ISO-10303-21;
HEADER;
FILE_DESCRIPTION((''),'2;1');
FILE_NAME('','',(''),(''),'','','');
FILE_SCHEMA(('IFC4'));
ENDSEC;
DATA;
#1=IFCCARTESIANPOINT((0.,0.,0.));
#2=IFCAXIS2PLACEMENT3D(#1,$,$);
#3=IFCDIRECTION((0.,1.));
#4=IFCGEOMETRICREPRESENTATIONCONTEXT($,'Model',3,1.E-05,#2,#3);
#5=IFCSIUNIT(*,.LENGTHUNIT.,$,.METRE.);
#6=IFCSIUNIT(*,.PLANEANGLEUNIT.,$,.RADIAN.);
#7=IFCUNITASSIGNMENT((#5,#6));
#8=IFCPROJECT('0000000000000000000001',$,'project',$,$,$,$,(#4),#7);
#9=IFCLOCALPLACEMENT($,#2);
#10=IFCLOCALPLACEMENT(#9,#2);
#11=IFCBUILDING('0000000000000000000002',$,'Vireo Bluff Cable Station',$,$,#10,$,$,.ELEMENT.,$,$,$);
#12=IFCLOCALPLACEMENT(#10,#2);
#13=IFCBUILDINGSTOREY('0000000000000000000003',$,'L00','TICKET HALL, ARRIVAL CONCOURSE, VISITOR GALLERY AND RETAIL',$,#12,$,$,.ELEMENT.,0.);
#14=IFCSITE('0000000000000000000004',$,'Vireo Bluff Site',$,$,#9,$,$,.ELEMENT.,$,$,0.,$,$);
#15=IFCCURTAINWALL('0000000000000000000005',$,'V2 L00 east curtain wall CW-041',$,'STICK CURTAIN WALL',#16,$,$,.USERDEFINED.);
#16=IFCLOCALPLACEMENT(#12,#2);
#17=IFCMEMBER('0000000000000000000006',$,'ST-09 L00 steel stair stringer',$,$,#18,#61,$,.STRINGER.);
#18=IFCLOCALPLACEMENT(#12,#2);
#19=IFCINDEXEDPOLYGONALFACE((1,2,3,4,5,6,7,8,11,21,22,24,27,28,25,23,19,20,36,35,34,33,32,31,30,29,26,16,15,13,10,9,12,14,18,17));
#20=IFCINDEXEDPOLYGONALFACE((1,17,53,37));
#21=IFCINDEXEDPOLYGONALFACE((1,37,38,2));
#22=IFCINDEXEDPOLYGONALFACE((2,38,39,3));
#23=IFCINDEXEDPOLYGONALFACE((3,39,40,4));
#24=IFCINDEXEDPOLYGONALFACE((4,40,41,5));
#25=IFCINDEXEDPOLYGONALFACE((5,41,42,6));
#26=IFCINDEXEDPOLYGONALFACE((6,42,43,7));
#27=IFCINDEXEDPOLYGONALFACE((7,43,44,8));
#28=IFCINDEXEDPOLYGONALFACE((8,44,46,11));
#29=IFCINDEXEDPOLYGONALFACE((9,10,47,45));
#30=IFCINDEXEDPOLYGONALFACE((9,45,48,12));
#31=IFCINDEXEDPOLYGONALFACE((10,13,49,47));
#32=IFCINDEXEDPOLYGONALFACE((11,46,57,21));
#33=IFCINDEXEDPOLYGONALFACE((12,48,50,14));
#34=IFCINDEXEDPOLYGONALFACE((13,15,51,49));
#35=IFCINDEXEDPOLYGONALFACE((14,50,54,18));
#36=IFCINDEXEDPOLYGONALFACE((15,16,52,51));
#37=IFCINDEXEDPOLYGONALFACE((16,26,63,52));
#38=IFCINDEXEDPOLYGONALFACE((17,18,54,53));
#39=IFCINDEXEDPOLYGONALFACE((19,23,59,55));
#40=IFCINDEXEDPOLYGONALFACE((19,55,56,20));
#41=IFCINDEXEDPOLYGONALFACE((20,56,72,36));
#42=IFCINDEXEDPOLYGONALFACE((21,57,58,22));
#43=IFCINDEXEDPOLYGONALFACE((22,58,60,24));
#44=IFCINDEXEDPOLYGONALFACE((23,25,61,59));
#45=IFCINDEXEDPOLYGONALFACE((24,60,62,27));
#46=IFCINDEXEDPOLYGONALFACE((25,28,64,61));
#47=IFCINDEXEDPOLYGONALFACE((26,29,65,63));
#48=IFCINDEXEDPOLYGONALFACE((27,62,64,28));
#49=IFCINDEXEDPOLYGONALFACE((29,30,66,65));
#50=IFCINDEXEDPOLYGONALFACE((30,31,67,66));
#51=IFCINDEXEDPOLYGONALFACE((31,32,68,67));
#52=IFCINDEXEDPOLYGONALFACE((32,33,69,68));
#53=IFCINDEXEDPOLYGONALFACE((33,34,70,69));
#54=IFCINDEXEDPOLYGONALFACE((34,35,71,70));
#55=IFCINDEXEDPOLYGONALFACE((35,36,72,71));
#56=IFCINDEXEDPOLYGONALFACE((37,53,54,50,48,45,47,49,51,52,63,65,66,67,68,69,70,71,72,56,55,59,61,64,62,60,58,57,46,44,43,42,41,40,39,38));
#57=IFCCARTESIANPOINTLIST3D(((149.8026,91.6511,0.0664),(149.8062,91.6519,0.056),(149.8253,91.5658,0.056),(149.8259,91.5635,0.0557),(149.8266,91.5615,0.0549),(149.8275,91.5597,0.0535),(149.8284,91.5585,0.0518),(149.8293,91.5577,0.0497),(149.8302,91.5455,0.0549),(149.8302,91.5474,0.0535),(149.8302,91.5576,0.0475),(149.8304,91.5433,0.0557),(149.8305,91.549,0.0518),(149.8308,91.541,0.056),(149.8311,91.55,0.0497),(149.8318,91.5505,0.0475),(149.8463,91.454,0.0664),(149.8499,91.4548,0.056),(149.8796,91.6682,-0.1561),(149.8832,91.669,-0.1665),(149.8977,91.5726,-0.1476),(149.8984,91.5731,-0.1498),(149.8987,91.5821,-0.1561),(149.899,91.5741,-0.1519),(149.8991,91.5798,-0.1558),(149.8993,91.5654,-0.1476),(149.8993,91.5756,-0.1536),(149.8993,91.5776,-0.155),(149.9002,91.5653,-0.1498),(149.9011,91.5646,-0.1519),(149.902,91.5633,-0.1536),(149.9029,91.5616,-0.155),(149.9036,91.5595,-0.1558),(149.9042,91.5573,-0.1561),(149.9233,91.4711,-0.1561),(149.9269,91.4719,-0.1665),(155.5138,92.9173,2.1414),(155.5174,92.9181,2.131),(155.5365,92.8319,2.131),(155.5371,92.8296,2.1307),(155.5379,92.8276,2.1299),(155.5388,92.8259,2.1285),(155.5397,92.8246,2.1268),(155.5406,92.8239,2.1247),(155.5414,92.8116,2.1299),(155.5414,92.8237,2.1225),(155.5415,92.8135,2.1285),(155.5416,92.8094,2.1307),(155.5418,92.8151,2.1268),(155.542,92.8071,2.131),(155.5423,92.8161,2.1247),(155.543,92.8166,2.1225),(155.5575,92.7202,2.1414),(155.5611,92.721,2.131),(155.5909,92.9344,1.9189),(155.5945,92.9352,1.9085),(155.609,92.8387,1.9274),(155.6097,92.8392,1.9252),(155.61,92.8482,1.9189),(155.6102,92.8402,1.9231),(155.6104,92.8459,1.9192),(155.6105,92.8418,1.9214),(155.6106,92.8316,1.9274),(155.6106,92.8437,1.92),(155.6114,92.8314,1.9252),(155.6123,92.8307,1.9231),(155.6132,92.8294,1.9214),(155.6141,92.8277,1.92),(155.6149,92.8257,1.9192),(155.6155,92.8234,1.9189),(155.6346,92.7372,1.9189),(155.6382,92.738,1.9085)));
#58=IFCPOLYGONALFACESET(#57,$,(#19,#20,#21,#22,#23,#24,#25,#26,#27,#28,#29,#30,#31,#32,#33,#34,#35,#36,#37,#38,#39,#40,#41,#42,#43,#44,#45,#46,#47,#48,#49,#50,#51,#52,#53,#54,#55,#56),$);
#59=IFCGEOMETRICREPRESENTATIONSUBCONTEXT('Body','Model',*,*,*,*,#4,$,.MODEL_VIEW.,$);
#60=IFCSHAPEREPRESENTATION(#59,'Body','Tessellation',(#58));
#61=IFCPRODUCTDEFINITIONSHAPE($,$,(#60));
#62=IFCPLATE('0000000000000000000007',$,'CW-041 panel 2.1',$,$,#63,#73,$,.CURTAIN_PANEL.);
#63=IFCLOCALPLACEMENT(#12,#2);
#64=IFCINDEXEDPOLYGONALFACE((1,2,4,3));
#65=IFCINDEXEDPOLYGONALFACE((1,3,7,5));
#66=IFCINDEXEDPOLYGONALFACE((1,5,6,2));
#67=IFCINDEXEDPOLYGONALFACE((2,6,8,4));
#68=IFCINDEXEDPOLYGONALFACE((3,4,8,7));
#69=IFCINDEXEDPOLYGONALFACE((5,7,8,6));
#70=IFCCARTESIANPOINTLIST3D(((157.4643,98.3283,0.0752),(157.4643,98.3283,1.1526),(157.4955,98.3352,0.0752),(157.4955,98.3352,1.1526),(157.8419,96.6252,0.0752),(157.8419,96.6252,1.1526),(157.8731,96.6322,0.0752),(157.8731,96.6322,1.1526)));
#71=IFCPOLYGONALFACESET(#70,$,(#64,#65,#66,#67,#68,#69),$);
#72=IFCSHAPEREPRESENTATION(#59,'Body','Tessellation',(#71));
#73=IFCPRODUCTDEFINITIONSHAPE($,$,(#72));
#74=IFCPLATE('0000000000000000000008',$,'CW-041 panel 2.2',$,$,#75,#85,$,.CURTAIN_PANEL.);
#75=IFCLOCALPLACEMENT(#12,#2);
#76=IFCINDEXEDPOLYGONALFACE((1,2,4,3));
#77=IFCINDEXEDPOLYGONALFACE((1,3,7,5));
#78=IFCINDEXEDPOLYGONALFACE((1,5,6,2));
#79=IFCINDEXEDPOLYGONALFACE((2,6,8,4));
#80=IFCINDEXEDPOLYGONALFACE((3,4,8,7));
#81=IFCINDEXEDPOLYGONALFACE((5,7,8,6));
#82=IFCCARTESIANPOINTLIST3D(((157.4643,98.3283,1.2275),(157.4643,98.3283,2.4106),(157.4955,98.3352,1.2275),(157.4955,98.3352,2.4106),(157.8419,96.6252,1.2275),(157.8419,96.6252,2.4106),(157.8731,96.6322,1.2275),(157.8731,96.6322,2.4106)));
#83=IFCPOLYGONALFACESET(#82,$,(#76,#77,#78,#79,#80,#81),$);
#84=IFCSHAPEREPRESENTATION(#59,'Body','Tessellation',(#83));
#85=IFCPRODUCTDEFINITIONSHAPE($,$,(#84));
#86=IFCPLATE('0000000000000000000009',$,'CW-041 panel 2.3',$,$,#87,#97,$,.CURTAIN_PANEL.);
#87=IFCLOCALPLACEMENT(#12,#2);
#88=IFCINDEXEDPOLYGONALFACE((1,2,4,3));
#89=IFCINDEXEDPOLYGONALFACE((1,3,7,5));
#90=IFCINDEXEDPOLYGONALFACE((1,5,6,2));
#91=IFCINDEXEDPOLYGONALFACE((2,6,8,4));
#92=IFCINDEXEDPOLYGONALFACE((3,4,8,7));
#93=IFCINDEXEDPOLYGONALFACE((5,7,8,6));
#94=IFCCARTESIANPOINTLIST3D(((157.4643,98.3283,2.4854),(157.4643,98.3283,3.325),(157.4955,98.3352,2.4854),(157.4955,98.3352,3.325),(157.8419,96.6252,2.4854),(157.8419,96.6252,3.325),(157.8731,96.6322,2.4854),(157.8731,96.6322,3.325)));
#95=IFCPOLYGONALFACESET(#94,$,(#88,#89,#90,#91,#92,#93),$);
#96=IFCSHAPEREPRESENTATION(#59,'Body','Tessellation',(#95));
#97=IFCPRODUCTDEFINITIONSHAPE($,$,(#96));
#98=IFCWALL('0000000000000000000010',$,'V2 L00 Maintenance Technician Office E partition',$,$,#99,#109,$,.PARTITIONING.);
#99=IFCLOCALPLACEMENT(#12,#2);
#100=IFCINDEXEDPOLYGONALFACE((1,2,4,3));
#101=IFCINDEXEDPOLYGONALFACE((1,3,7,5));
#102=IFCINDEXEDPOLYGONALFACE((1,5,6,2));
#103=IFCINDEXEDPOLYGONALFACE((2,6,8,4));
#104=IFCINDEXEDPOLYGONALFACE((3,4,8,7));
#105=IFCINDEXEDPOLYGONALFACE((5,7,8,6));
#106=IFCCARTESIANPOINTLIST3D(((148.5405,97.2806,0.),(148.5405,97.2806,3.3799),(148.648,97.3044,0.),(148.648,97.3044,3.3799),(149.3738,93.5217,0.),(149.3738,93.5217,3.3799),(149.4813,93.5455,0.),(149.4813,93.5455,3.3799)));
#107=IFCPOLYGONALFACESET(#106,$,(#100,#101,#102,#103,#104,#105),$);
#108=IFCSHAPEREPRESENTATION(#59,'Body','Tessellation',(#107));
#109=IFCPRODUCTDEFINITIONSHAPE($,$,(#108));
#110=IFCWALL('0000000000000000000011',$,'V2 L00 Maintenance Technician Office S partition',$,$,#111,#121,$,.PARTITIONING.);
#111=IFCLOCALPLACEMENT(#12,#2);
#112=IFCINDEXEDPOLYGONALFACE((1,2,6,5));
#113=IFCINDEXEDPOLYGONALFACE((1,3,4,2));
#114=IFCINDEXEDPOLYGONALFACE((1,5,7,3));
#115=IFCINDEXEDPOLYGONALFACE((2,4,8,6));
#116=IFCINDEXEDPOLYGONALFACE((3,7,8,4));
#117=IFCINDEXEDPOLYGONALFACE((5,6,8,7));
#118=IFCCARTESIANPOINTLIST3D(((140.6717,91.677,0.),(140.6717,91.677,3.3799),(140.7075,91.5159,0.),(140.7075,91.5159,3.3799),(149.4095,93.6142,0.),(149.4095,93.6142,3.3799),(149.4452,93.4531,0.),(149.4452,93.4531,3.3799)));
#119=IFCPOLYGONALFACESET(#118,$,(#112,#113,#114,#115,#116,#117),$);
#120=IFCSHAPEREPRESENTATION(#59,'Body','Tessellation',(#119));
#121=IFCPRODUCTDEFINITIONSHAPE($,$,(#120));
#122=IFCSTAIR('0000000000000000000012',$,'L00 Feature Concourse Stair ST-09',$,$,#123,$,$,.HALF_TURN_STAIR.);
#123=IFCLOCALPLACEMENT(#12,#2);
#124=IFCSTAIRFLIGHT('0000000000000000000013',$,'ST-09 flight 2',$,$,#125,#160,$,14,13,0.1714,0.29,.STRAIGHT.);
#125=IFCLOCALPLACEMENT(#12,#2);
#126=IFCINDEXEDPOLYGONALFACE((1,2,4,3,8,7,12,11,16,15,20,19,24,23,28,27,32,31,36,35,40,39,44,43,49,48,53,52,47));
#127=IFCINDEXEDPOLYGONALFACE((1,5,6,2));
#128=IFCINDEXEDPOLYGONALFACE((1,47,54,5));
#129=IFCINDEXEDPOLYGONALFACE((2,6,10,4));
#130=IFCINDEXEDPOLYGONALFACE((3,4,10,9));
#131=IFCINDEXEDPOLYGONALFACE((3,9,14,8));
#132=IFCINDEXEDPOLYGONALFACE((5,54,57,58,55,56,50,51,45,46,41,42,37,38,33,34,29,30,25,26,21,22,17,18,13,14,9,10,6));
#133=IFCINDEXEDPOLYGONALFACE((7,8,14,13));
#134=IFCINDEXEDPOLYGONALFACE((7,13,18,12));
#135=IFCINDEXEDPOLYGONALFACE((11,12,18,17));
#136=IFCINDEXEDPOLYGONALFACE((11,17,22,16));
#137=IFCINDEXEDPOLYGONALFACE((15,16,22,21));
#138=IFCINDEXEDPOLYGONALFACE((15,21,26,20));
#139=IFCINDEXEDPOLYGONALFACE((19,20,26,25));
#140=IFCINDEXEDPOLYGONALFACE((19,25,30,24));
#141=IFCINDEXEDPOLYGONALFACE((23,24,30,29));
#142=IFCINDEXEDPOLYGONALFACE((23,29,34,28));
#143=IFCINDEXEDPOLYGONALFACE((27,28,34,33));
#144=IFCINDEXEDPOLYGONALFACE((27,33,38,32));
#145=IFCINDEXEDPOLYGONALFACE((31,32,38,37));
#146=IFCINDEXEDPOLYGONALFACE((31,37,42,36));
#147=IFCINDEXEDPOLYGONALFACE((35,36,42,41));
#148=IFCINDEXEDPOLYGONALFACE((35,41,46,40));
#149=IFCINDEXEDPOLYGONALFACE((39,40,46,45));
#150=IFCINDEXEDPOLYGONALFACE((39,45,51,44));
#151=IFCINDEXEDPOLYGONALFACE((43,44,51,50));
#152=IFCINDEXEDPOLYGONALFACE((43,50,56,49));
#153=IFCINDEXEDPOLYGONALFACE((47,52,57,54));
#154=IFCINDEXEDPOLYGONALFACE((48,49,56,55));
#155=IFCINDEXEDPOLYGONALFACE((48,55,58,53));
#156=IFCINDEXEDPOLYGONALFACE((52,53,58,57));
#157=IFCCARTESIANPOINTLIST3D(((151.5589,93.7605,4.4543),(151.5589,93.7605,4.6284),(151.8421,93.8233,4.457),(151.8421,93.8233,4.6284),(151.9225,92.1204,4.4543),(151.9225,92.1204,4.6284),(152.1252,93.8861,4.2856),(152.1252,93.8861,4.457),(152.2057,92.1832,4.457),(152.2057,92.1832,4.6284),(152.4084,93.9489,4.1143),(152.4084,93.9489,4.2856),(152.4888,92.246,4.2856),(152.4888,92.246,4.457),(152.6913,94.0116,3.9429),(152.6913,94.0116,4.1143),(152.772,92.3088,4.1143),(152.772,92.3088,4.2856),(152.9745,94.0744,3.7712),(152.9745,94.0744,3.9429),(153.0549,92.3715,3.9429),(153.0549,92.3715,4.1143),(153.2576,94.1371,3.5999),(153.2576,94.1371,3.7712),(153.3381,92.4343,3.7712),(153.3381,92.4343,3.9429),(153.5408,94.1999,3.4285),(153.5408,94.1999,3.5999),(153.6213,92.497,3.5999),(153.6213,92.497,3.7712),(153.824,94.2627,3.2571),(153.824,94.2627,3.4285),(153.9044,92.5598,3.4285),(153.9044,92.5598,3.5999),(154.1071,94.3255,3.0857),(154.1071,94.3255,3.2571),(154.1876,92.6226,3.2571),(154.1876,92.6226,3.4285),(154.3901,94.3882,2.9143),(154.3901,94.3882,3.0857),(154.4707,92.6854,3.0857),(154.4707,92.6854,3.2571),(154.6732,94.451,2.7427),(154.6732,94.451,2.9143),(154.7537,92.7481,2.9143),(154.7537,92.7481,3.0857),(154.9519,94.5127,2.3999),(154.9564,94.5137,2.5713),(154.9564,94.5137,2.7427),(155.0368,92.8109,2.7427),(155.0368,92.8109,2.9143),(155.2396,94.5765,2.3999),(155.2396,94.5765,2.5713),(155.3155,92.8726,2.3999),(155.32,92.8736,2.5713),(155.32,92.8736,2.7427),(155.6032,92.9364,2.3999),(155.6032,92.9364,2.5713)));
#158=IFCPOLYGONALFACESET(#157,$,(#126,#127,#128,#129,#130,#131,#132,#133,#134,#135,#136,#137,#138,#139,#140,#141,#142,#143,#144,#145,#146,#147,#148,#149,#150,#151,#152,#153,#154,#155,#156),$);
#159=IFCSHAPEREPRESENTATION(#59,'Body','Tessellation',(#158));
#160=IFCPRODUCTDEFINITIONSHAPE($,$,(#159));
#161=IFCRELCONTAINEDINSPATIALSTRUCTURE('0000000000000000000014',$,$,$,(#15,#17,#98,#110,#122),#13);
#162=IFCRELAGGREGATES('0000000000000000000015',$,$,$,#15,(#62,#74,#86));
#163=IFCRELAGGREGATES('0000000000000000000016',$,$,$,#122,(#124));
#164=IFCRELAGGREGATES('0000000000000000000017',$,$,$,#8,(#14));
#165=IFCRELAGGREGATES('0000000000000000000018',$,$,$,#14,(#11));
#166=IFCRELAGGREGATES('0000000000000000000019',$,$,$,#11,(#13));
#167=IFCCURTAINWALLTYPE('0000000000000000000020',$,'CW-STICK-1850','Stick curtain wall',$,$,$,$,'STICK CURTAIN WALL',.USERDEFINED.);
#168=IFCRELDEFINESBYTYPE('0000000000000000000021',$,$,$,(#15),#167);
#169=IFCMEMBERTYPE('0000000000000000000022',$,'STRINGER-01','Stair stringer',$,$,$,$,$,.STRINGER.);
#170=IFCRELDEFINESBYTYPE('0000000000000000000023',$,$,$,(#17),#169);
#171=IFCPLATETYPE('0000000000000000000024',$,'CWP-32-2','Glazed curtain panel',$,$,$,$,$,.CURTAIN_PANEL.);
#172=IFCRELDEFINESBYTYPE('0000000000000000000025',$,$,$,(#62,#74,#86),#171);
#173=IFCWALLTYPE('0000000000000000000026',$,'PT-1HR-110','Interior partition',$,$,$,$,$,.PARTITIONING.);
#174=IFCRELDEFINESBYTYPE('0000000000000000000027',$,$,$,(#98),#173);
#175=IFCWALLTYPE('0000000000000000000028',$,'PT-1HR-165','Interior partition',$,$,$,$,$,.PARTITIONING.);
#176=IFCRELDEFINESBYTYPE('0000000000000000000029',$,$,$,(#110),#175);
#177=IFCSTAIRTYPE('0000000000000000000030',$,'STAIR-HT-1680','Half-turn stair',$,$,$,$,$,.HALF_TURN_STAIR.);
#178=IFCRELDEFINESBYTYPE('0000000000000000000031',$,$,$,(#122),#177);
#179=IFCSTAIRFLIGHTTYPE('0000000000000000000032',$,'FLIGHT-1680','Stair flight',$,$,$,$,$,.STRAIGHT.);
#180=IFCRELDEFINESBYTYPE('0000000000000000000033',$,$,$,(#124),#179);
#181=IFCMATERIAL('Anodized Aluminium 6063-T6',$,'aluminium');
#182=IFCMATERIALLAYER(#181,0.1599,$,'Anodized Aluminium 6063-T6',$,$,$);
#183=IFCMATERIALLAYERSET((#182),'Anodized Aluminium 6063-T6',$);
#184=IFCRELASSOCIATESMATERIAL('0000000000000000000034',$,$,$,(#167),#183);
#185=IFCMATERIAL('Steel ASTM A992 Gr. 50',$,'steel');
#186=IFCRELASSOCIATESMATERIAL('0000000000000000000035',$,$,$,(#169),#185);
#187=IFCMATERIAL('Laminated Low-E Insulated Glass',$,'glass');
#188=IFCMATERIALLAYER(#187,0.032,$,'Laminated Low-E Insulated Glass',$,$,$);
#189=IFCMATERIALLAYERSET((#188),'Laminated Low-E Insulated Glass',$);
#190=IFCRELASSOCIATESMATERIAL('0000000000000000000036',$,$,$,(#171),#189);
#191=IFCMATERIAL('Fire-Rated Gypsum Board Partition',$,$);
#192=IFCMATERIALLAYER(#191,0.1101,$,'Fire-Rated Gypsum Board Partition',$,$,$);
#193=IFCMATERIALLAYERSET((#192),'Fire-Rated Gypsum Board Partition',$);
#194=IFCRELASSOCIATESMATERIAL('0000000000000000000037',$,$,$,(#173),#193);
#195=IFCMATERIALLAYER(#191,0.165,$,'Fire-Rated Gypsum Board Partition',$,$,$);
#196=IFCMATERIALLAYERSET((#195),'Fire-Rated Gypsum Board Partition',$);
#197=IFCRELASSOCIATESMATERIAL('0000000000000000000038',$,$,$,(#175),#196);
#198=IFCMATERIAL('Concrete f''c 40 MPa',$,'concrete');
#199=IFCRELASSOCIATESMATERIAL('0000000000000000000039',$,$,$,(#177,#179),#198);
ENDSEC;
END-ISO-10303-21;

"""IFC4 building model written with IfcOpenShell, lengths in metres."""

from ifc_helpers import new_model, si_unit, direction, frame, frame_2d, origin, origin_2d, place, context, subcontext, project, spatial, polyline, rectangle, i_section, outline, extrude, material, layer, layer_set, material_profile, profile_set, type_object, element, aggregate, save


model = new_model("IFC4")

# Units and contexts
model_context = context("Model", 3, precision=1e-05, world=origin(), true_north=direction((0.0, 1.0)))
body_context = subcontext(model_context, "Body", "Model", "MODEL_VIEW")
ifc_project = project(units=[si_unit("LENGTHUNIT", "METRE"), si_unit("PLANEANGLEUNIT", "RADIAN")], contexts=[model_context])

# Site, building, storey
site_placement = place(None, origin())
site = spatial("IfcSite", under=ifc_project, at=site_placement, Name="Vireo Bluff Site", CompositionType="ELEMENT", RefElevation=0.0)
building_placement = place(site_placement, origin())
building = spatial("IfcBuilding", under=site, at=building_placement, Name="Vireo Bluff Cable Station", CompositionType="ELEMENT")
storey_placement = place(building_placement, origin())
storey = spatial("IfcBuildingStorey", under=building, at=storey_placement, Name="L00", Description="TICKET HALL, ARRIVAL CONCOURSE, VISITOR GALLERY AND RETAIL", CompositionType="ELEMENT", Elevation=0.0)

# Shared definitions
ifc_material_1 = material(Name="Steel ASTM A992 Gr. 50", Category="steel")

# Curtain wall
ifc_material_2 = material(Name="Anodized Aluminium 6063-T6", Category="aluminium")
ifc_layer_1 = layer(ifc_material_2, 0.1599, Name="Anodized Aluminium 6063-T6")
ifc_layer_set_1 = layer_set([ifc_layer_1], Name="Anodized Aluminium 6063-T6")
curtain_wall_type = type_object("IfcCurtainWallType", Name="CW-STICK-1850", Description="Stick curtain wall", ElementType="STICK CURTAIN WALL", PredefinedType="USERDEFINED", material=ifc_layer_set_1)
curtain_wall_placement = place(storey_placement, origin())
curtain_wall = element("IfcCurtainWall", 1, at=curtain_wall_placement, inside=storey, type_object=curtain_wall_type, Name="V2 L00 east curtain wall CW-041", ObjectType="STICK CURTAIN WALL", PredefinedType="USERDEFINED")

# Member
ifc_material_profile_1 = material_profile(ifc_material_1, i_section(OverallWidth=0.2019, OverallDepth=0.2471, WebThickness=0.0073, FlangeThickness=0.011, FilletRadius=0.009, at=origin_2d()), Name="W10X33")
ifc_profile_set_1 = profile_set([ifc_material_profile_1], Name="Steel ASTM A992 Gr. 50")
member_type_1 = type_object("IfcMemberType", Name="STRINGER-01", Description="Stair stringer", PredefinedType="STRINGER", material=ifc_profile_set_1)
member_1_placement = place(storey_placement, frame((149.8647, 91.5615, -0.05), z_axis=(0.920129, 0.203984, 0.334296), x_axis=(-0.216436, 0.976297, 0.0)))
element("IfcMember", 2, at=member_1_placement, inside=storey, type_object=member_type_1, Name="ST-09 L00 steel stair stringer", PredefinedType="STRINGER", context=body_context, shape_type="SweptSolid", body=[
    extrude(i_section(OverallWidth=0.2019, OverallDepth=0.2471, WebThickness=0.0073, FlangeThickness=0.011, FilletRadius=0.009, at=origin_2d()), origin(), (0.0, 0.0, 1.0), 6.207),
])

# Plates
ifc_material_3 = material(Name="Laminated Low-E Insulated Glass", Category="glass")
ifc_layer_2 = layer(ifc_material_3, 0.032, Name="Laminated Low-E Insulated Glass")
ifc_layer_set_2 = layer_set([ifc_layer_2], Name="Laminated Low-E Insulated Glass")
plate_type = type_object("IfcPlateType", Name="CWP-32-2", Description="Glazed curtain panel", PredefinedType="CURTAIN_PANEL", material=ifc_layer_set_2)
plate_1_placement = place(storey_placement, frame((157.6687, 97.4802, 0.0752), z_axis=(0.0, 0.0, 1.0), x_axis=(0.21644, -0.976296, 0.0)))
plate_1 = element("IfcPlate", 3, at=plate_1_placement, type_object=plate_type, Name="CW-041 panel 2.1", PredefinedType="CURTAIN_PANEL", context=body_context, shape_type="SweptSolid", body=[
    extrude(rectangle(XDim=1.7444, YDim=0.032, at=origin_2d()), origin(), (0.0, 0.0, 1.0), 1.0774),
])
plate_2_placement = place(storey_placement, frame((157.6687, 97.4802, 1.2275), z_axis=(0.0, 0.0, 1.0), x_axis=(0.21644, -0.976296, 0.0)))
plate_2 = element("IfcPlate", 4, at=plate_2_placement, type_object=plate_type, Name="CW-041 panel 2.2", PredefinedType="CURTAIN_PANEL", context=body_context, shape_type="SweptSolid", body=[
    extrude(rectangle(XDim=1.7444, YDim=0.032, at=origin_2d()), origin(), (0.0, 0.0, 1.0), 1.1831),
])
plate_3_placement = place(storey_placement, frame((157.6687, 97.4802, 2.4854), z_axis=(0.0, 0.0, 1.0), x_axis=(0.21644, -0.976296, 0.0)))
plate_3 = element("IfcPlate", 5, at=plate_3_placement, type_object=plate_type, Name="CW-041 panel 2.3", PredefinedType="CURTAIN_PANEL", context=body_context, shape_type="SweptSolid", body=[
    extrude(rectangle(XDim=1.7444, YDim=0.032, at=origin_2d()), origin(), (0.0, 0.0, 1.0), 0.8396),
])
aggregate(curtain_wall, [plate_1, plate_2, plate_3])

# Walls
ifc_material_4 = material(Name="Fire-Rated Gypsum Board Partition")
ifc_layer_3 = layer(ifc_material_4, 0.1101, Name="Fire-Rated Gypsum Board Partition")
ifc_layer_set_3 = layer_set([ifc_layer_3], Name="Fire-Rated Gypsum Board Partition")
wall_type_1 = type_object("IfcWallType", Name="PT-1HR-110", Description="Interior partition", PredefinedType="PARTITIONING", material=ifc_layer_set_3)
wall_1_placement = place(storey_placement, frame((148.5942, 97.2925, 0.0), z_axis=(0.0, 0.0, 1.0), x_axis=(0.216427, -0.976299, 0.0)))
element("IfcWall", 6, at=wall_1_placement, inside=storey, type_object=wall_type_1, Name="V2 L00 Maintenance Technician Office E partition", PredefinedType="PARTITIONING", context=body_context, shape_type="SweptSolid", body=[
    extrude(rectangle(XDim=3.8501, YDim=0.1101, at=frame_2d((1.925, 0.0))), origin(), (0.0, 0.0, 1.0), 3.3799),
])
ifc_layer_4 = layer(ifc_material_4, 0.165, Name="Fire-Rated Gypsum Board Partition")
ifc_layer_set_4 = layer_set([ifc_layer_4], Name="Fire-Rated Gypsum Board Partition")
wall_type_2 = type_object("IfcWallType", Name="PT-1HR-165", Description="Interior partition", PredefinedType="PARTITIONING", material=ifc_layer_set_4)
wall_2_placement = place(storey_placement, frame((149.4275, 93.5337, 0.0), z_axis=(0.0, 0.0, 1.0), x_axis=(-0.976293, -0.216454, 0.0)))
element("IfcWall", 7, at=wall_2_placement, inside=storey, type_object=wall_type_2, Name="V2 L00 Maintenance Technician Office S partition", PredefinedType="PARTITIONING", context=body_context, shape_type="SweptSolid", body=[
    extrude(rectangle(XDim=8.95, YDim=0.165, at=frame_2d((4.4751, 0.0))), origin(), (0.0, 0.0, 1.0), 3.3799),
])

# Stair, stair flight
ifc_material_5 = material(Name="Concrete f'c 40 MPa", Category="concrete")
stair_type = type_object("IfcStairType", Name="STAIR-HT-1680", Description="Half-turn stair", PredefinedType="HALF_TURN_STAIR", material=ifc_material_5)
stair_placement = place(storey_placement, origin())
stair = element("IfcStair", 8, at=stair_placement, inside=storey, type_object=stair_type, Name="L00 Feature Concourse Stair ST-09", PredefinedType="HALF_TURN_STAIR")
stair_flight_type = type_object("IfcStairFlightType", Name="FLIGHT-1680", Description="Stair flight", PredefinedType="STRAIGHT", material=ifc_material_5)
stair_flight_placement = place(storey_placement, frame((155.4214, 93.7563, 2.3999), z_axis=(0.0, 0.0, 1.0), x_axis=(-0.976296, -0.21644, 0.0)))
stair_flight = element("IfcStairFlight", 9, at=stair_flight_placement, type_object=stair_flight_type, Name="ST-09 flight 2", NumberOfRisers=14, NumberOfTreads=13, PredefinedType="STRAIGHT", RiserHeight=0.1714, TreadLength=0.29, context=body_context, shape_type="SweptSolid", body=[
    extrude(outline(polyline([(0.0, 0.0), (0.0, 0.1714), (0.29, 0.1714), (0.29, 0.3428), (0.5801, 0.3428), (0.5801, 0.5144), (0.8701, 0.5144), (0.8701, 0.6858), (1.1599, 0.6858), (1.1599, 0.8572), (1.45, 0.8572), (1.45, 1.0286), (1.74, 1.0286), (1.74, 1.2), (2.03, 1.2), (2.03, 1.3713), (2.3201, 1.3713), (2.3201, 1.543), (2.6101, 1.543), (2.6101, 1.7144), (2.8999, 1.7144), (2.8999, 1.8857), (3.1899, 1.8857), (3.1899, 2.0571), (3.48, 2.0571), (3.48, 2.2285), (3.77, 2.2285), (3.77, 2.3999), (3.77, 2.0544), (0.2947, 0.0), (0.0, 0.0)])), frame((0.0, 0.8398, 0.0), z_axis=(0.0, -1.0, 0.0), x_axis=(1.0, 0.0, 0.0)), (0.0, 0.0, 1.0), 1.6799),
])
aggregate(stair, [stair_flight])

save(model, "model.ifc")
